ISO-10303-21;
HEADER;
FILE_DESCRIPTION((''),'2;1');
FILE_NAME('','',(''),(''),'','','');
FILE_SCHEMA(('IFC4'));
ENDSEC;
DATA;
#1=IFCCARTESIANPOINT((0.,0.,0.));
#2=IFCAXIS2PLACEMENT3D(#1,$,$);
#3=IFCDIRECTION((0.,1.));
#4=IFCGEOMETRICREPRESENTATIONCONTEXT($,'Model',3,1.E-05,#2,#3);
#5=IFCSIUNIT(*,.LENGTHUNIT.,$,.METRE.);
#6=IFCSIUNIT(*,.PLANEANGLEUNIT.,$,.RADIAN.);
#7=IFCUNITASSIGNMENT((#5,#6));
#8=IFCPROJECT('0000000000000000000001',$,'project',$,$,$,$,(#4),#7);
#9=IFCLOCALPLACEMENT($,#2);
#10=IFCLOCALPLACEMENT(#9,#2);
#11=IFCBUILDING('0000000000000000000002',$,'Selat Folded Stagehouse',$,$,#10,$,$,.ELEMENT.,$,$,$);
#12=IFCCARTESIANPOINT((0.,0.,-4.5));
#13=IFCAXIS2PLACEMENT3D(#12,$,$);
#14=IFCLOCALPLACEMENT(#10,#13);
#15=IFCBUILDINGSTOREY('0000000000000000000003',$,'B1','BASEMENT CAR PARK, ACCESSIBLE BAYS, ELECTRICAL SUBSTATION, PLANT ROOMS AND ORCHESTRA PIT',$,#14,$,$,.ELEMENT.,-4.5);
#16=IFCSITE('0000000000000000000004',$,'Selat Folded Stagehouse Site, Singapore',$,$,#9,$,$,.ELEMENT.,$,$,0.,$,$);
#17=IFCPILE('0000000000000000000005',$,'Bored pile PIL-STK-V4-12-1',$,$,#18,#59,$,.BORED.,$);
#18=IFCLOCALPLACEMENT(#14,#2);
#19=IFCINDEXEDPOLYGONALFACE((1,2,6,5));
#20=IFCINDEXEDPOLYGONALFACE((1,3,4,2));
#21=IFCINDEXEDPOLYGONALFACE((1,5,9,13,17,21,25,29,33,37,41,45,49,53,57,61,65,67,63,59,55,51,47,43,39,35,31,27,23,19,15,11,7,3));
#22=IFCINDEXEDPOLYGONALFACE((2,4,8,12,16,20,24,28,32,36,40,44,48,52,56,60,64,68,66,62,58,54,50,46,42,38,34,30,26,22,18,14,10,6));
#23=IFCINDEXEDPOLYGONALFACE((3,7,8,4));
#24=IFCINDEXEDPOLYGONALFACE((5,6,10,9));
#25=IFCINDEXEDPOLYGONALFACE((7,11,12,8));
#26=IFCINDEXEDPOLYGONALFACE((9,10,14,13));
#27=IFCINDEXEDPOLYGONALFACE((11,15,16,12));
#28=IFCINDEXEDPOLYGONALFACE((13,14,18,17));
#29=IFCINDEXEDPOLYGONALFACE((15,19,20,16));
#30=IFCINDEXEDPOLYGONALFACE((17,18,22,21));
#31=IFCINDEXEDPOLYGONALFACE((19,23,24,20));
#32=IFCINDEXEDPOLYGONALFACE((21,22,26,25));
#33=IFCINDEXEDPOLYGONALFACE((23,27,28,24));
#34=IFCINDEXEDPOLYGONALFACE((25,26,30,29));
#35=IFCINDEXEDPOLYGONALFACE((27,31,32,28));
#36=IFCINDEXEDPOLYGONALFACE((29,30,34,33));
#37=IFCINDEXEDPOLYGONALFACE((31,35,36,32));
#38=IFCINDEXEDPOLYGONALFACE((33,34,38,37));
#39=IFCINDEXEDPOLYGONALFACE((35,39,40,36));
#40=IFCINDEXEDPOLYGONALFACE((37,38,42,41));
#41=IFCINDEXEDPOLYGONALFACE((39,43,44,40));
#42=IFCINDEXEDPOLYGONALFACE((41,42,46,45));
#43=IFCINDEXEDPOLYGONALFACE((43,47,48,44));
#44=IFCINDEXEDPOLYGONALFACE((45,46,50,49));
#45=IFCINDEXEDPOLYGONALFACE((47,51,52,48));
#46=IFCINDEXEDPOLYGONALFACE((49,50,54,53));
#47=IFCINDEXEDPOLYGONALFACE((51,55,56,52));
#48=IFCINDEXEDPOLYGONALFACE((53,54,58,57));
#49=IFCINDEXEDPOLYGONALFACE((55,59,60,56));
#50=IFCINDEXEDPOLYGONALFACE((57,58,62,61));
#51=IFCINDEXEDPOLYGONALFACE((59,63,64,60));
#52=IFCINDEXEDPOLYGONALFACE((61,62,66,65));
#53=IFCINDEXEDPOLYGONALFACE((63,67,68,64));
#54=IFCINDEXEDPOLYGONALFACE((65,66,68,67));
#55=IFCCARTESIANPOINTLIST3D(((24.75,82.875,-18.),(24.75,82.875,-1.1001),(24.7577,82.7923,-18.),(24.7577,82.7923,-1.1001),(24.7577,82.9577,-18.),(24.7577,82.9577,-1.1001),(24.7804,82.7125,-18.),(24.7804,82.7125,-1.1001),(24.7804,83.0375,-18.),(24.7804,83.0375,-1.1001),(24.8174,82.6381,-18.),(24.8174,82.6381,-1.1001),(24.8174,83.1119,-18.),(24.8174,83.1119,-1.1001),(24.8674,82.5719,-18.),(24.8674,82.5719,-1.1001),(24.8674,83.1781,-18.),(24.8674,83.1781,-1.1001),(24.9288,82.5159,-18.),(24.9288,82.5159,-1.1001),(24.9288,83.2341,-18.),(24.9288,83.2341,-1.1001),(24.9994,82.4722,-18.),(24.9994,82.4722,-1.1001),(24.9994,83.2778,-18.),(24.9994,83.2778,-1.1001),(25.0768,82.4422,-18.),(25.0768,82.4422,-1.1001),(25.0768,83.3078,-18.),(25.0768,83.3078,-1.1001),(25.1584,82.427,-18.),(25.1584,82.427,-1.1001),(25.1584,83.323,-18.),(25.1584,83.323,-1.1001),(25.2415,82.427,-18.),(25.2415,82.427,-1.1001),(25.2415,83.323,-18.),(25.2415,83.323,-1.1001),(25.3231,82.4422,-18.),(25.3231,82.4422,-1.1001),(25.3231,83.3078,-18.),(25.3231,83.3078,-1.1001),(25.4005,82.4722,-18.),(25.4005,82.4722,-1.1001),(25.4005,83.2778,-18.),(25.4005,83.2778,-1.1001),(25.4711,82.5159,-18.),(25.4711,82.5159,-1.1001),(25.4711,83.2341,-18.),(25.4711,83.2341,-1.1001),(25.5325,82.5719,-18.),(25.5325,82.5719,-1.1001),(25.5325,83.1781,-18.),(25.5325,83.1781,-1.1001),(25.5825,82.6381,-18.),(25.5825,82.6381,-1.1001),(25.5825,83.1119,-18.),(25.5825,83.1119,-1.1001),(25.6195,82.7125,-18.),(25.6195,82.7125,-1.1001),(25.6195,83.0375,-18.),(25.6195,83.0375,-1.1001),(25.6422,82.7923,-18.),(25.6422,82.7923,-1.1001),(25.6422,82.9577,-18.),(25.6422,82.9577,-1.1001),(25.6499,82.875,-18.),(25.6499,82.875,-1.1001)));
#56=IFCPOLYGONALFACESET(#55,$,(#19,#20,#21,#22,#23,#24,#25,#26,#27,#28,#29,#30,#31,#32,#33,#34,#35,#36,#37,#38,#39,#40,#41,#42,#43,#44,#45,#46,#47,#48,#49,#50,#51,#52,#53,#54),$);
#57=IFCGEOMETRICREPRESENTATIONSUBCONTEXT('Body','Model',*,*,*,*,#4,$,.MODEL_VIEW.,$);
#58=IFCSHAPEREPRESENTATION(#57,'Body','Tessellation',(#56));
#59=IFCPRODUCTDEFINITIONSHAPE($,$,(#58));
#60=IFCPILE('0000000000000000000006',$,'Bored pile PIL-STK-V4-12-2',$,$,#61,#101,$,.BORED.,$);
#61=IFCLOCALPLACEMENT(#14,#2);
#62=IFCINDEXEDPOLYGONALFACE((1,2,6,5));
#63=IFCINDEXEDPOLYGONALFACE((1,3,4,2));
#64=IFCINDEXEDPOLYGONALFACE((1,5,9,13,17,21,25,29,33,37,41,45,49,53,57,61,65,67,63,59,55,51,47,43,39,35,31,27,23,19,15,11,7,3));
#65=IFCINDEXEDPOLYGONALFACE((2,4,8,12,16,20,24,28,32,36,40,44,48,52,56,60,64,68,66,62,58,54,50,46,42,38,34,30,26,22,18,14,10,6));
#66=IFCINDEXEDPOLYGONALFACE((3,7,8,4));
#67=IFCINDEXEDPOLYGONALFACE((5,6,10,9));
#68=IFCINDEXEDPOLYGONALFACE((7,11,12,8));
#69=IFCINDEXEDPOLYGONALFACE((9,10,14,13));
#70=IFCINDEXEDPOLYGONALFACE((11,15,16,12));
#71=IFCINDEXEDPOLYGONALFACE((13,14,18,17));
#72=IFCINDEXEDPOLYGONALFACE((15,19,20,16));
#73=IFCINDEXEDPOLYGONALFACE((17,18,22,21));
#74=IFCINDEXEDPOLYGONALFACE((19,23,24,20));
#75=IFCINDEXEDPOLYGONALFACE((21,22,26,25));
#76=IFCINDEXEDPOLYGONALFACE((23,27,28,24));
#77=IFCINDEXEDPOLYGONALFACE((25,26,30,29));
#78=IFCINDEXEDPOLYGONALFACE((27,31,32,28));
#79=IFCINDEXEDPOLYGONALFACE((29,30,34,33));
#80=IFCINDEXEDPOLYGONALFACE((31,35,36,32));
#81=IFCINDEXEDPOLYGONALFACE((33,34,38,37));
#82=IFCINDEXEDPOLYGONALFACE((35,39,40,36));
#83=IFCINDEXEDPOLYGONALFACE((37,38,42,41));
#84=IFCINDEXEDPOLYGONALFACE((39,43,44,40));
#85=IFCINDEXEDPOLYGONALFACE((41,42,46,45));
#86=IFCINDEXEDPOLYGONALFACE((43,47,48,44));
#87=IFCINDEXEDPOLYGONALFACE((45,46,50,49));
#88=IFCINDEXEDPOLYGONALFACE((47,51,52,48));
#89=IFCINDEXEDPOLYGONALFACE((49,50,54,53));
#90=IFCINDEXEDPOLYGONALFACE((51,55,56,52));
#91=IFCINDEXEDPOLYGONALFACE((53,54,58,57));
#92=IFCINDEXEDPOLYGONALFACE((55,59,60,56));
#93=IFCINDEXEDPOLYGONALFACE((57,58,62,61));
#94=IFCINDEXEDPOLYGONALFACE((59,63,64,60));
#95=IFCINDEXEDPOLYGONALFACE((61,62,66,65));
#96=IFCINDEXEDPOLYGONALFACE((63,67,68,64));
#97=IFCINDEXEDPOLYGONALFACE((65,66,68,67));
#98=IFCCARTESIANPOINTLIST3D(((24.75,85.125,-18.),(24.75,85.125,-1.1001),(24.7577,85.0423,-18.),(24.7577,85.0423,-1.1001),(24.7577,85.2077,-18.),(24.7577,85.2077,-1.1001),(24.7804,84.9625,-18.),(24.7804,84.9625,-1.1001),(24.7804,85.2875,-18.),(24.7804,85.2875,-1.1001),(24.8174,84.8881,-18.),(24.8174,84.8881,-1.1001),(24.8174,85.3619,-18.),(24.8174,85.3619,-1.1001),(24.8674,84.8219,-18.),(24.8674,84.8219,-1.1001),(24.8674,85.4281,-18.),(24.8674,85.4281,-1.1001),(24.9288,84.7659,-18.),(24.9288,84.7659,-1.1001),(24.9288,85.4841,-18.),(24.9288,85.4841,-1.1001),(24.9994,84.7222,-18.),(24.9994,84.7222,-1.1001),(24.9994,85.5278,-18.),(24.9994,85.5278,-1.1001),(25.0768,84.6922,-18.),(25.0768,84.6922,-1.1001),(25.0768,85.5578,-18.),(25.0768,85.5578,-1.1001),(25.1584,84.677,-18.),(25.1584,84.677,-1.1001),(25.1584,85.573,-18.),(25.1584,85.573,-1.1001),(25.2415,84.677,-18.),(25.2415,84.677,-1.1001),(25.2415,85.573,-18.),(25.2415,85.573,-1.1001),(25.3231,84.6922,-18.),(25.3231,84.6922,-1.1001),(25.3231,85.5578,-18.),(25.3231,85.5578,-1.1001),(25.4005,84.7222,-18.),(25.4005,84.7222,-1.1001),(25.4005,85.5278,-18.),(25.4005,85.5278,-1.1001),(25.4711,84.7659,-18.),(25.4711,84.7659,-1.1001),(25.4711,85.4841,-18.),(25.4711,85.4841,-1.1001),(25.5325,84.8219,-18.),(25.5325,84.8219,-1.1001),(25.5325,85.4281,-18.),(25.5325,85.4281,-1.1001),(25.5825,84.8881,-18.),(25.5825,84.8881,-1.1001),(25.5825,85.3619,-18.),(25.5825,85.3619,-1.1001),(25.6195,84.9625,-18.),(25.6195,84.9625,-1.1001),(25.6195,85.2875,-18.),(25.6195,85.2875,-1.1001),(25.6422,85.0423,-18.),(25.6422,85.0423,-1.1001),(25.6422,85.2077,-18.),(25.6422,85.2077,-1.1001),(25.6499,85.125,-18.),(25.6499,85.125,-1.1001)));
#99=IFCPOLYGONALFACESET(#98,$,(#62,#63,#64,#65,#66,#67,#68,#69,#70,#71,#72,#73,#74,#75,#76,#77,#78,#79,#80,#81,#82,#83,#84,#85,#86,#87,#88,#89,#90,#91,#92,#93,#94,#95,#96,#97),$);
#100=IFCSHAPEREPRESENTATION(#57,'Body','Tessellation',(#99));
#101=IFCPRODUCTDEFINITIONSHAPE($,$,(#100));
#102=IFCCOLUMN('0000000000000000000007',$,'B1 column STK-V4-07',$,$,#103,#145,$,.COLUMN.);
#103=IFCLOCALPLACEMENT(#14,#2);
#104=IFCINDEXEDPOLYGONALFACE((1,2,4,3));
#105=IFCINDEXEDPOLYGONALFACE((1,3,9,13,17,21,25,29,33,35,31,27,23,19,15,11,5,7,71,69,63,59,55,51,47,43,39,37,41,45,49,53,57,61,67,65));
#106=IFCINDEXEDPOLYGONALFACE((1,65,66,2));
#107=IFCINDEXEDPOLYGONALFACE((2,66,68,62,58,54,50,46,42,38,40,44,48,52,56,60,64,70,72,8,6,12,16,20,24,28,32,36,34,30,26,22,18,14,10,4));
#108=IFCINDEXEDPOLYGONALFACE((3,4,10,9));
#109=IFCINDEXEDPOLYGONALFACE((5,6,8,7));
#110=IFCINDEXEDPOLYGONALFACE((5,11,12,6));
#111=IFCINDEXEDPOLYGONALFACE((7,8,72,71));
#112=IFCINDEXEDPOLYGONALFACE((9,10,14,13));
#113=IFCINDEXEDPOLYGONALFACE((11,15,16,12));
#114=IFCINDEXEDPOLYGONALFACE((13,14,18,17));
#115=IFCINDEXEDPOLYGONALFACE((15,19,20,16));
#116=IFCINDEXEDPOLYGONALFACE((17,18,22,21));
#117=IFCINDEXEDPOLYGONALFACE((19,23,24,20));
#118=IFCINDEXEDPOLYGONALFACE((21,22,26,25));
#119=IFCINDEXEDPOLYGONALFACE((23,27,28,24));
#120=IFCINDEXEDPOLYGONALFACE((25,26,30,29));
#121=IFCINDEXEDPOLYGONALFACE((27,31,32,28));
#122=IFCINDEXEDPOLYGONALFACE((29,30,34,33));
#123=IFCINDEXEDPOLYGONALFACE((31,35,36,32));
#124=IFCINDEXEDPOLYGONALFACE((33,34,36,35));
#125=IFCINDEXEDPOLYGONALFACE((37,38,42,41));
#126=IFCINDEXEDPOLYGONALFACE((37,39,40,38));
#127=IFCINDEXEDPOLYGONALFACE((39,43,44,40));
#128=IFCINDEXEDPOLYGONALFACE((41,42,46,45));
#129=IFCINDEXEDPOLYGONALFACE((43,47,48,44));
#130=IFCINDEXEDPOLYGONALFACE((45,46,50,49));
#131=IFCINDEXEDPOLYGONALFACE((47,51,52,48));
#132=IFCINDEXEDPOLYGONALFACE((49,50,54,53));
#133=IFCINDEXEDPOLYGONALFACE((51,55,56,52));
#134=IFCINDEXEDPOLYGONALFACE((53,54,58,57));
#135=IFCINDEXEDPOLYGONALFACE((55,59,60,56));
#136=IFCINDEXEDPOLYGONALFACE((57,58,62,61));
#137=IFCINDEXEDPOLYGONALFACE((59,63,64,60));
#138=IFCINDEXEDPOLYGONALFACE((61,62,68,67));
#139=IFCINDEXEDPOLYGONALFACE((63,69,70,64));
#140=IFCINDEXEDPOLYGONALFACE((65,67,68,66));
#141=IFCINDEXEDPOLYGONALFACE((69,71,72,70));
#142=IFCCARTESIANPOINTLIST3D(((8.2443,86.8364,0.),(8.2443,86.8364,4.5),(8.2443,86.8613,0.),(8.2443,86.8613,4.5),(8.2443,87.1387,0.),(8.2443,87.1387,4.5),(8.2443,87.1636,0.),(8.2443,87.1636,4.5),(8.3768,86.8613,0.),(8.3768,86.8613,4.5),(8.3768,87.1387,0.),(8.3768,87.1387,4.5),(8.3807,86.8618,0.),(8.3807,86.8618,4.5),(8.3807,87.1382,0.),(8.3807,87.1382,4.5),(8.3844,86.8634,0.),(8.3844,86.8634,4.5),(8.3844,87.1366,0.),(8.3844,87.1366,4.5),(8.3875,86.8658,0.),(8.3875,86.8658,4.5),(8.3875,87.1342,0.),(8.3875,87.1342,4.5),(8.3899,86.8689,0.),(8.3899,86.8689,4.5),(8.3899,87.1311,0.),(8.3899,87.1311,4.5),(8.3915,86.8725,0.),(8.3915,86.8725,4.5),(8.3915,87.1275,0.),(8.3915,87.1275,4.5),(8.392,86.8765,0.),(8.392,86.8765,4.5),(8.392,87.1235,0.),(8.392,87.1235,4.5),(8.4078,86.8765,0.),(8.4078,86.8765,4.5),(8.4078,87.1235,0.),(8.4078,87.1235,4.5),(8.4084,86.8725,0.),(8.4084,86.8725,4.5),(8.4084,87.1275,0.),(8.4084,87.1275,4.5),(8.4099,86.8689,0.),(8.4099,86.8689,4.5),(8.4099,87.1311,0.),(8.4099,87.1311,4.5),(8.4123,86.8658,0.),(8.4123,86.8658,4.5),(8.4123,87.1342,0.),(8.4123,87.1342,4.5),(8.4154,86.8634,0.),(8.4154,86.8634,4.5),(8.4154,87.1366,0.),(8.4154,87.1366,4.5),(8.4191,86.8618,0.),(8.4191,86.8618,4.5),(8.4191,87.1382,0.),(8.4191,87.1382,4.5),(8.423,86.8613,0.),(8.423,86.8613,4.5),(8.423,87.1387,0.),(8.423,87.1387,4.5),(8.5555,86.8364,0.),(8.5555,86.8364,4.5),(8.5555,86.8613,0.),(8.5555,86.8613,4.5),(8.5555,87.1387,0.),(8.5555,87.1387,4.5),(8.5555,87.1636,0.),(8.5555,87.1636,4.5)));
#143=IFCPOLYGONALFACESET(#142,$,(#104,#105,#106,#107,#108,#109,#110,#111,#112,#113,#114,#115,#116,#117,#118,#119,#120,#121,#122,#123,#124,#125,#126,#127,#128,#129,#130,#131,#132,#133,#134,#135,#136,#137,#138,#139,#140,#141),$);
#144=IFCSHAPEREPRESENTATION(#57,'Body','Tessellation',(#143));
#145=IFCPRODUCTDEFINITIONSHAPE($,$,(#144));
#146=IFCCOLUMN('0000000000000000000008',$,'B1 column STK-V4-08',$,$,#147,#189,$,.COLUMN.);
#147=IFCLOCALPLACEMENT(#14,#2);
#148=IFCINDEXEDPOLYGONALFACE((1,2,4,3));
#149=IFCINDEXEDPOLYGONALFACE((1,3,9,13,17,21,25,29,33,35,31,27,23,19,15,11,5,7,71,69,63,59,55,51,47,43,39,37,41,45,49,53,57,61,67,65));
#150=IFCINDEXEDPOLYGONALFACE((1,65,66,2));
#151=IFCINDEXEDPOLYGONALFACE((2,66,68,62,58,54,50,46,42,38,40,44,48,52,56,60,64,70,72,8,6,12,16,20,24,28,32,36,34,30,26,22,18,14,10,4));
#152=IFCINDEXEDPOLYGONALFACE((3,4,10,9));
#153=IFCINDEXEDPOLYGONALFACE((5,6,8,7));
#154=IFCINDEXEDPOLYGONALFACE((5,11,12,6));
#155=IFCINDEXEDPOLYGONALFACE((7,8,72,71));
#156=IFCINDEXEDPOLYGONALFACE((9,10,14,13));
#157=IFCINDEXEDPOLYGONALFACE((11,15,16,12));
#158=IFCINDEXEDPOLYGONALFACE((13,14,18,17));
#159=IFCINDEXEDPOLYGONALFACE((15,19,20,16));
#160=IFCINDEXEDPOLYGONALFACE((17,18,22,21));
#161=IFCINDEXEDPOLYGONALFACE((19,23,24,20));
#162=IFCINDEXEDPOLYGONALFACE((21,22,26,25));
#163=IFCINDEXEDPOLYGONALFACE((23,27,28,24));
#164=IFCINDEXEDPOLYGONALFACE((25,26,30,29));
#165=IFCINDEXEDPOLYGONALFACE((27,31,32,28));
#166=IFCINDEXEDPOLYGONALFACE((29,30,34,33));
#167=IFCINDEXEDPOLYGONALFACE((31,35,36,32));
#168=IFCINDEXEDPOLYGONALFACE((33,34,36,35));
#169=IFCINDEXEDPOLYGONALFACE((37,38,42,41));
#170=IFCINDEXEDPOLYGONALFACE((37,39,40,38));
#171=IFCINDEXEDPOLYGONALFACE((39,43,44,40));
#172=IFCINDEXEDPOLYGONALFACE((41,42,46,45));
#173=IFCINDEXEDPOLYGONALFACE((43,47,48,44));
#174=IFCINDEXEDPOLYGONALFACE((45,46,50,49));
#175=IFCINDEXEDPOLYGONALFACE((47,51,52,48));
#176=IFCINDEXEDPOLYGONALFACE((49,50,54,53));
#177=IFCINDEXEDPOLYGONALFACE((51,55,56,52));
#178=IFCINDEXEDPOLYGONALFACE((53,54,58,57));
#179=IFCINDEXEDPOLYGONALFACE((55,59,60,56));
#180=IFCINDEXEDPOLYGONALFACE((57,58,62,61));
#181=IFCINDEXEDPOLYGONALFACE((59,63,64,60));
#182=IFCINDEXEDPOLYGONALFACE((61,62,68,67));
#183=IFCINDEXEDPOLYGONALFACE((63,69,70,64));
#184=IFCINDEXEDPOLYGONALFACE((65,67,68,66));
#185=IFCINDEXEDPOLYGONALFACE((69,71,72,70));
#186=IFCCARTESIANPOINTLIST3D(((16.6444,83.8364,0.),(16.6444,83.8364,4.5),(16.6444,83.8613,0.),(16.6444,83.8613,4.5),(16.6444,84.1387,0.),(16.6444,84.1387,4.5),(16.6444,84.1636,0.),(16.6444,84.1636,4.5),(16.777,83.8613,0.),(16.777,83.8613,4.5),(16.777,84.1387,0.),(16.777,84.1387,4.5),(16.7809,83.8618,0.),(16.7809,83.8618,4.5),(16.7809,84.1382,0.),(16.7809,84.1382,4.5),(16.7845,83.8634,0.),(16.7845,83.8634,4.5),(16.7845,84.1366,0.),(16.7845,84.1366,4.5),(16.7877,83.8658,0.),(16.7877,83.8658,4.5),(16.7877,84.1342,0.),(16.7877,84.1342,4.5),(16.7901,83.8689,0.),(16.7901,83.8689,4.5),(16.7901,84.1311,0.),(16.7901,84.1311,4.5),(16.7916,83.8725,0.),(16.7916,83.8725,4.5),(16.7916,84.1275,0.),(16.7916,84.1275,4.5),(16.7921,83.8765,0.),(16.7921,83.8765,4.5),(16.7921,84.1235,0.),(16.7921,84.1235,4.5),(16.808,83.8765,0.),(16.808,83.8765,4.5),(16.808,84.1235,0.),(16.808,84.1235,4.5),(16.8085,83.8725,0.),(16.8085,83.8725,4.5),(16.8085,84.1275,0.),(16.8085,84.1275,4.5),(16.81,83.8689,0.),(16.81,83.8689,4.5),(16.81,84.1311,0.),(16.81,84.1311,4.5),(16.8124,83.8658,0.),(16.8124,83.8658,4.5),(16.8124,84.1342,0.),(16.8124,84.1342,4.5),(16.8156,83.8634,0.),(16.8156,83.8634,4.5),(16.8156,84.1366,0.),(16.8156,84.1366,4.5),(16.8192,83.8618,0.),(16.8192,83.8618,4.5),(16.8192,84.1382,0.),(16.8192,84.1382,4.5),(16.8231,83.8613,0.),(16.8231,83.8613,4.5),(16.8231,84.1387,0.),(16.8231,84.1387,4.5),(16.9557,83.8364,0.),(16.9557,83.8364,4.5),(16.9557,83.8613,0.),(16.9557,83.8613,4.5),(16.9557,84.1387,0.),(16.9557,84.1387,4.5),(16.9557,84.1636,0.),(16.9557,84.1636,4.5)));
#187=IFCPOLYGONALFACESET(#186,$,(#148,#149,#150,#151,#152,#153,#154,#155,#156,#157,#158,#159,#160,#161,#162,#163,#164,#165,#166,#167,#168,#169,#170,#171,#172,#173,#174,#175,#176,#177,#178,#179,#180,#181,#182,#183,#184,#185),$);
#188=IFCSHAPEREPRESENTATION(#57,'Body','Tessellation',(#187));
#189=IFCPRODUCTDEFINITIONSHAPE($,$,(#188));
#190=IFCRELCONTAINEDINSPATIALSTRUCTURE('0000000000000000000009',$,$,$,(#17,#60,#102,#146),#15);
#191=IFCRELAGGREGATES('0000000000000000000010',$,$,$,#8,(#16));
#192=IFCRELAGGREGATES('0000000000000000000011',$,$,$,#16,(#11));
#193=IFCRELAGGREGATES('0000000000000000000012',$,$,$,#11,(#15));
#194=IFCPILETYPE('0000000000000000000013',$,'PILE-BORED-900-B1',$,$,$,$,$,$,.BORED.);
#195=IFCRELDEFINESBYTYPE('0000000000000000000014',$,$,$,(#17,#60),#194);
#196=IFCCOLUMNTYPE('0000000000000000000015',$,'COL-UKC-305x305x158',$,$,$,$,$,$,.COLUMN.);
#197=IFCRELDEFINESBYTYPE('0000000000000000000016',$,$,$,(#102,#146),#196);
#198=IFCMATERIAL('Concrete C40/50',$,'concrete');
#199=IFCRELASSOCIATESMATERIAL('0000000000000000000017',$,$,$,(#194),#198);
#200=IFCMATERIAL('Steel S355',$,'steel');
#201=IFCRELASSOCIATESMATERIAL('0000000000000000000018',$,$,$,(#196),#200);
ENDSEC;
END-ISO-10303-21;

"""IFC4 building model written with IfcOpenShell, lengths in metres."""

from ifc_helpers import new_model, si_unit, direction, frame, origin, origin_2d, place, context, subcontext, project, spatial, circle, i_section, extrude, material, material_profile, profile_set, type_object, element, save


model = new_model("IFC4")

# Units and contexts
model_context = context("Model", 3, precision=1e-05, world=origin(), true_north=direction((0.0, 1.0)))
body_context = subcontext(model_context, "Body", "Model", "MODEL_VIEW")
ifc_project = project(units=[si_unit("LENGTHUNIT", "METRE"), si_unit("PLANEANGLEUNIT", "RADIAN")], contexts=[model_context])

# Site, building, storey
site_placement = place(None, origin())
site = spatial("IfcSite", under=ifc_project, at=site_placement, Name="Selat Folded Stagehouse Site, Singapore", CompositionType="ELEMENT", RefElevation=0.0)
building_placement = place(site_placement, origin())
building = spatial("IfcBuilding", under=site, at=building_placement, Name="Selat Folded Stagehouse", CompositionType="ELEMENT")
storey_placement = place(building_placement, frame((0.0, 0.0, -4.5)))
storey = spatial("IfcBuildingStorey", under=building, at=storey_placement, Name="B1", Description="BASEMENT CAR PARK, ACCESSIBLE BAYS, ELECTRICAL SUBSTATION, PLANT ROOMS AND ORCHESTRA PIT", CompositionType="ELEMENT", Elevation=-4.5)

# Shared definitions
ifc_material_1 = material(Name="Concrete C40/50", Category="concrete")

# Piles
ifc_material_profile_1 = material_profile(ifc_material_1, circle(Radius=0.45, at=origin_2d()), Name="PILE D900")
ifc_profile_set_1 = profile_set([ifc_material_profile_1], Name="Concrete C40/50")
pile_type = type_object("IfcPileType", Name="PILE-BORED-900-B1", PredefinedType="BORED", material=ifc_profile_set_1)
for number, where, z_axis, x_axis, name in (
    (1, (25.2, 82.875, -1.1001), (0.0, 0.0, -1.0), (1.0, 0.0, 0.0), "Bored pile PIL-STK-V4-12-1"),
    (2, (25.2, 85.125, -1.1001), (0.0, 0.0, -1.0), (1.0, 0.0, 0.0), "Bored pile PIL-STK-V4-12-2"),
):
    element("IfcPile", number, at=place(storey_placement, frame(where, z_axis=z_axis, x_axis=x_axis)), inside=storey, type_object=pile_type, Name=name, PredefinedType="BORED", context=body_context, shape_type="SweptSolid", body=[
        extrude(circle(Radius=0.45, at=origin_2d()), origin(), (0.0, 0.0, 1.0), 16.8999),
    ])

# Columns
ifc_material_2 = material(Name="Steel S355", Category="steel")
ifc_material_profile_2 = material_profile(ifc_material_2, i_section(OverallWidth=0.3113, OverallDepth=0.3271, WebThickness=0.0159, FlangeThickness=0.0249, FilletRadius=0.0151, at=origin_2d()), Name="UKC 305x305x158")
ifc_profile_set_2 = profile_set([ifc_material_profile_2], Name="Steel S355")
column_type = type_object("IfcColumnType", Name="COL-UKC-305x305x158", PredefinedType="COLUMN", material=ifc_profile_set_2)
for number, where, z_axis, x_axis, name in (
    (3, (8.3999, 87.0, 0.0), (0.0, 0.0, 1.0), (1.0, 0.0, 0.0), "B1 column STK-V4-07"),
    (4, (16.8, 84.0, 0.0), (0.0, 0.0, 1.0), (1.0, 0.0, 0.0), "B1 column STK-V4-08"),
):
    element("IfcColumn", number, at=place(storey_placement, frame(where, z_axis=z_axis, x_axis=x_axis)), inside=storey, type_object=column_type, Name=name, PredefinedType="COLUMN", context=body_context, shape_type="SweptSolid", body=[
        extrude(i_section(OverallWidth=0.3113, OverallDepth=0.3271, WebThickness=0.0159, FlangeThickness=0.0249, FilletRadius=0.0151, at=origin_2d()), origin(), (0.0, 0.0, 1.0), 4.5),
    ])

save(model, "model.ifc")
